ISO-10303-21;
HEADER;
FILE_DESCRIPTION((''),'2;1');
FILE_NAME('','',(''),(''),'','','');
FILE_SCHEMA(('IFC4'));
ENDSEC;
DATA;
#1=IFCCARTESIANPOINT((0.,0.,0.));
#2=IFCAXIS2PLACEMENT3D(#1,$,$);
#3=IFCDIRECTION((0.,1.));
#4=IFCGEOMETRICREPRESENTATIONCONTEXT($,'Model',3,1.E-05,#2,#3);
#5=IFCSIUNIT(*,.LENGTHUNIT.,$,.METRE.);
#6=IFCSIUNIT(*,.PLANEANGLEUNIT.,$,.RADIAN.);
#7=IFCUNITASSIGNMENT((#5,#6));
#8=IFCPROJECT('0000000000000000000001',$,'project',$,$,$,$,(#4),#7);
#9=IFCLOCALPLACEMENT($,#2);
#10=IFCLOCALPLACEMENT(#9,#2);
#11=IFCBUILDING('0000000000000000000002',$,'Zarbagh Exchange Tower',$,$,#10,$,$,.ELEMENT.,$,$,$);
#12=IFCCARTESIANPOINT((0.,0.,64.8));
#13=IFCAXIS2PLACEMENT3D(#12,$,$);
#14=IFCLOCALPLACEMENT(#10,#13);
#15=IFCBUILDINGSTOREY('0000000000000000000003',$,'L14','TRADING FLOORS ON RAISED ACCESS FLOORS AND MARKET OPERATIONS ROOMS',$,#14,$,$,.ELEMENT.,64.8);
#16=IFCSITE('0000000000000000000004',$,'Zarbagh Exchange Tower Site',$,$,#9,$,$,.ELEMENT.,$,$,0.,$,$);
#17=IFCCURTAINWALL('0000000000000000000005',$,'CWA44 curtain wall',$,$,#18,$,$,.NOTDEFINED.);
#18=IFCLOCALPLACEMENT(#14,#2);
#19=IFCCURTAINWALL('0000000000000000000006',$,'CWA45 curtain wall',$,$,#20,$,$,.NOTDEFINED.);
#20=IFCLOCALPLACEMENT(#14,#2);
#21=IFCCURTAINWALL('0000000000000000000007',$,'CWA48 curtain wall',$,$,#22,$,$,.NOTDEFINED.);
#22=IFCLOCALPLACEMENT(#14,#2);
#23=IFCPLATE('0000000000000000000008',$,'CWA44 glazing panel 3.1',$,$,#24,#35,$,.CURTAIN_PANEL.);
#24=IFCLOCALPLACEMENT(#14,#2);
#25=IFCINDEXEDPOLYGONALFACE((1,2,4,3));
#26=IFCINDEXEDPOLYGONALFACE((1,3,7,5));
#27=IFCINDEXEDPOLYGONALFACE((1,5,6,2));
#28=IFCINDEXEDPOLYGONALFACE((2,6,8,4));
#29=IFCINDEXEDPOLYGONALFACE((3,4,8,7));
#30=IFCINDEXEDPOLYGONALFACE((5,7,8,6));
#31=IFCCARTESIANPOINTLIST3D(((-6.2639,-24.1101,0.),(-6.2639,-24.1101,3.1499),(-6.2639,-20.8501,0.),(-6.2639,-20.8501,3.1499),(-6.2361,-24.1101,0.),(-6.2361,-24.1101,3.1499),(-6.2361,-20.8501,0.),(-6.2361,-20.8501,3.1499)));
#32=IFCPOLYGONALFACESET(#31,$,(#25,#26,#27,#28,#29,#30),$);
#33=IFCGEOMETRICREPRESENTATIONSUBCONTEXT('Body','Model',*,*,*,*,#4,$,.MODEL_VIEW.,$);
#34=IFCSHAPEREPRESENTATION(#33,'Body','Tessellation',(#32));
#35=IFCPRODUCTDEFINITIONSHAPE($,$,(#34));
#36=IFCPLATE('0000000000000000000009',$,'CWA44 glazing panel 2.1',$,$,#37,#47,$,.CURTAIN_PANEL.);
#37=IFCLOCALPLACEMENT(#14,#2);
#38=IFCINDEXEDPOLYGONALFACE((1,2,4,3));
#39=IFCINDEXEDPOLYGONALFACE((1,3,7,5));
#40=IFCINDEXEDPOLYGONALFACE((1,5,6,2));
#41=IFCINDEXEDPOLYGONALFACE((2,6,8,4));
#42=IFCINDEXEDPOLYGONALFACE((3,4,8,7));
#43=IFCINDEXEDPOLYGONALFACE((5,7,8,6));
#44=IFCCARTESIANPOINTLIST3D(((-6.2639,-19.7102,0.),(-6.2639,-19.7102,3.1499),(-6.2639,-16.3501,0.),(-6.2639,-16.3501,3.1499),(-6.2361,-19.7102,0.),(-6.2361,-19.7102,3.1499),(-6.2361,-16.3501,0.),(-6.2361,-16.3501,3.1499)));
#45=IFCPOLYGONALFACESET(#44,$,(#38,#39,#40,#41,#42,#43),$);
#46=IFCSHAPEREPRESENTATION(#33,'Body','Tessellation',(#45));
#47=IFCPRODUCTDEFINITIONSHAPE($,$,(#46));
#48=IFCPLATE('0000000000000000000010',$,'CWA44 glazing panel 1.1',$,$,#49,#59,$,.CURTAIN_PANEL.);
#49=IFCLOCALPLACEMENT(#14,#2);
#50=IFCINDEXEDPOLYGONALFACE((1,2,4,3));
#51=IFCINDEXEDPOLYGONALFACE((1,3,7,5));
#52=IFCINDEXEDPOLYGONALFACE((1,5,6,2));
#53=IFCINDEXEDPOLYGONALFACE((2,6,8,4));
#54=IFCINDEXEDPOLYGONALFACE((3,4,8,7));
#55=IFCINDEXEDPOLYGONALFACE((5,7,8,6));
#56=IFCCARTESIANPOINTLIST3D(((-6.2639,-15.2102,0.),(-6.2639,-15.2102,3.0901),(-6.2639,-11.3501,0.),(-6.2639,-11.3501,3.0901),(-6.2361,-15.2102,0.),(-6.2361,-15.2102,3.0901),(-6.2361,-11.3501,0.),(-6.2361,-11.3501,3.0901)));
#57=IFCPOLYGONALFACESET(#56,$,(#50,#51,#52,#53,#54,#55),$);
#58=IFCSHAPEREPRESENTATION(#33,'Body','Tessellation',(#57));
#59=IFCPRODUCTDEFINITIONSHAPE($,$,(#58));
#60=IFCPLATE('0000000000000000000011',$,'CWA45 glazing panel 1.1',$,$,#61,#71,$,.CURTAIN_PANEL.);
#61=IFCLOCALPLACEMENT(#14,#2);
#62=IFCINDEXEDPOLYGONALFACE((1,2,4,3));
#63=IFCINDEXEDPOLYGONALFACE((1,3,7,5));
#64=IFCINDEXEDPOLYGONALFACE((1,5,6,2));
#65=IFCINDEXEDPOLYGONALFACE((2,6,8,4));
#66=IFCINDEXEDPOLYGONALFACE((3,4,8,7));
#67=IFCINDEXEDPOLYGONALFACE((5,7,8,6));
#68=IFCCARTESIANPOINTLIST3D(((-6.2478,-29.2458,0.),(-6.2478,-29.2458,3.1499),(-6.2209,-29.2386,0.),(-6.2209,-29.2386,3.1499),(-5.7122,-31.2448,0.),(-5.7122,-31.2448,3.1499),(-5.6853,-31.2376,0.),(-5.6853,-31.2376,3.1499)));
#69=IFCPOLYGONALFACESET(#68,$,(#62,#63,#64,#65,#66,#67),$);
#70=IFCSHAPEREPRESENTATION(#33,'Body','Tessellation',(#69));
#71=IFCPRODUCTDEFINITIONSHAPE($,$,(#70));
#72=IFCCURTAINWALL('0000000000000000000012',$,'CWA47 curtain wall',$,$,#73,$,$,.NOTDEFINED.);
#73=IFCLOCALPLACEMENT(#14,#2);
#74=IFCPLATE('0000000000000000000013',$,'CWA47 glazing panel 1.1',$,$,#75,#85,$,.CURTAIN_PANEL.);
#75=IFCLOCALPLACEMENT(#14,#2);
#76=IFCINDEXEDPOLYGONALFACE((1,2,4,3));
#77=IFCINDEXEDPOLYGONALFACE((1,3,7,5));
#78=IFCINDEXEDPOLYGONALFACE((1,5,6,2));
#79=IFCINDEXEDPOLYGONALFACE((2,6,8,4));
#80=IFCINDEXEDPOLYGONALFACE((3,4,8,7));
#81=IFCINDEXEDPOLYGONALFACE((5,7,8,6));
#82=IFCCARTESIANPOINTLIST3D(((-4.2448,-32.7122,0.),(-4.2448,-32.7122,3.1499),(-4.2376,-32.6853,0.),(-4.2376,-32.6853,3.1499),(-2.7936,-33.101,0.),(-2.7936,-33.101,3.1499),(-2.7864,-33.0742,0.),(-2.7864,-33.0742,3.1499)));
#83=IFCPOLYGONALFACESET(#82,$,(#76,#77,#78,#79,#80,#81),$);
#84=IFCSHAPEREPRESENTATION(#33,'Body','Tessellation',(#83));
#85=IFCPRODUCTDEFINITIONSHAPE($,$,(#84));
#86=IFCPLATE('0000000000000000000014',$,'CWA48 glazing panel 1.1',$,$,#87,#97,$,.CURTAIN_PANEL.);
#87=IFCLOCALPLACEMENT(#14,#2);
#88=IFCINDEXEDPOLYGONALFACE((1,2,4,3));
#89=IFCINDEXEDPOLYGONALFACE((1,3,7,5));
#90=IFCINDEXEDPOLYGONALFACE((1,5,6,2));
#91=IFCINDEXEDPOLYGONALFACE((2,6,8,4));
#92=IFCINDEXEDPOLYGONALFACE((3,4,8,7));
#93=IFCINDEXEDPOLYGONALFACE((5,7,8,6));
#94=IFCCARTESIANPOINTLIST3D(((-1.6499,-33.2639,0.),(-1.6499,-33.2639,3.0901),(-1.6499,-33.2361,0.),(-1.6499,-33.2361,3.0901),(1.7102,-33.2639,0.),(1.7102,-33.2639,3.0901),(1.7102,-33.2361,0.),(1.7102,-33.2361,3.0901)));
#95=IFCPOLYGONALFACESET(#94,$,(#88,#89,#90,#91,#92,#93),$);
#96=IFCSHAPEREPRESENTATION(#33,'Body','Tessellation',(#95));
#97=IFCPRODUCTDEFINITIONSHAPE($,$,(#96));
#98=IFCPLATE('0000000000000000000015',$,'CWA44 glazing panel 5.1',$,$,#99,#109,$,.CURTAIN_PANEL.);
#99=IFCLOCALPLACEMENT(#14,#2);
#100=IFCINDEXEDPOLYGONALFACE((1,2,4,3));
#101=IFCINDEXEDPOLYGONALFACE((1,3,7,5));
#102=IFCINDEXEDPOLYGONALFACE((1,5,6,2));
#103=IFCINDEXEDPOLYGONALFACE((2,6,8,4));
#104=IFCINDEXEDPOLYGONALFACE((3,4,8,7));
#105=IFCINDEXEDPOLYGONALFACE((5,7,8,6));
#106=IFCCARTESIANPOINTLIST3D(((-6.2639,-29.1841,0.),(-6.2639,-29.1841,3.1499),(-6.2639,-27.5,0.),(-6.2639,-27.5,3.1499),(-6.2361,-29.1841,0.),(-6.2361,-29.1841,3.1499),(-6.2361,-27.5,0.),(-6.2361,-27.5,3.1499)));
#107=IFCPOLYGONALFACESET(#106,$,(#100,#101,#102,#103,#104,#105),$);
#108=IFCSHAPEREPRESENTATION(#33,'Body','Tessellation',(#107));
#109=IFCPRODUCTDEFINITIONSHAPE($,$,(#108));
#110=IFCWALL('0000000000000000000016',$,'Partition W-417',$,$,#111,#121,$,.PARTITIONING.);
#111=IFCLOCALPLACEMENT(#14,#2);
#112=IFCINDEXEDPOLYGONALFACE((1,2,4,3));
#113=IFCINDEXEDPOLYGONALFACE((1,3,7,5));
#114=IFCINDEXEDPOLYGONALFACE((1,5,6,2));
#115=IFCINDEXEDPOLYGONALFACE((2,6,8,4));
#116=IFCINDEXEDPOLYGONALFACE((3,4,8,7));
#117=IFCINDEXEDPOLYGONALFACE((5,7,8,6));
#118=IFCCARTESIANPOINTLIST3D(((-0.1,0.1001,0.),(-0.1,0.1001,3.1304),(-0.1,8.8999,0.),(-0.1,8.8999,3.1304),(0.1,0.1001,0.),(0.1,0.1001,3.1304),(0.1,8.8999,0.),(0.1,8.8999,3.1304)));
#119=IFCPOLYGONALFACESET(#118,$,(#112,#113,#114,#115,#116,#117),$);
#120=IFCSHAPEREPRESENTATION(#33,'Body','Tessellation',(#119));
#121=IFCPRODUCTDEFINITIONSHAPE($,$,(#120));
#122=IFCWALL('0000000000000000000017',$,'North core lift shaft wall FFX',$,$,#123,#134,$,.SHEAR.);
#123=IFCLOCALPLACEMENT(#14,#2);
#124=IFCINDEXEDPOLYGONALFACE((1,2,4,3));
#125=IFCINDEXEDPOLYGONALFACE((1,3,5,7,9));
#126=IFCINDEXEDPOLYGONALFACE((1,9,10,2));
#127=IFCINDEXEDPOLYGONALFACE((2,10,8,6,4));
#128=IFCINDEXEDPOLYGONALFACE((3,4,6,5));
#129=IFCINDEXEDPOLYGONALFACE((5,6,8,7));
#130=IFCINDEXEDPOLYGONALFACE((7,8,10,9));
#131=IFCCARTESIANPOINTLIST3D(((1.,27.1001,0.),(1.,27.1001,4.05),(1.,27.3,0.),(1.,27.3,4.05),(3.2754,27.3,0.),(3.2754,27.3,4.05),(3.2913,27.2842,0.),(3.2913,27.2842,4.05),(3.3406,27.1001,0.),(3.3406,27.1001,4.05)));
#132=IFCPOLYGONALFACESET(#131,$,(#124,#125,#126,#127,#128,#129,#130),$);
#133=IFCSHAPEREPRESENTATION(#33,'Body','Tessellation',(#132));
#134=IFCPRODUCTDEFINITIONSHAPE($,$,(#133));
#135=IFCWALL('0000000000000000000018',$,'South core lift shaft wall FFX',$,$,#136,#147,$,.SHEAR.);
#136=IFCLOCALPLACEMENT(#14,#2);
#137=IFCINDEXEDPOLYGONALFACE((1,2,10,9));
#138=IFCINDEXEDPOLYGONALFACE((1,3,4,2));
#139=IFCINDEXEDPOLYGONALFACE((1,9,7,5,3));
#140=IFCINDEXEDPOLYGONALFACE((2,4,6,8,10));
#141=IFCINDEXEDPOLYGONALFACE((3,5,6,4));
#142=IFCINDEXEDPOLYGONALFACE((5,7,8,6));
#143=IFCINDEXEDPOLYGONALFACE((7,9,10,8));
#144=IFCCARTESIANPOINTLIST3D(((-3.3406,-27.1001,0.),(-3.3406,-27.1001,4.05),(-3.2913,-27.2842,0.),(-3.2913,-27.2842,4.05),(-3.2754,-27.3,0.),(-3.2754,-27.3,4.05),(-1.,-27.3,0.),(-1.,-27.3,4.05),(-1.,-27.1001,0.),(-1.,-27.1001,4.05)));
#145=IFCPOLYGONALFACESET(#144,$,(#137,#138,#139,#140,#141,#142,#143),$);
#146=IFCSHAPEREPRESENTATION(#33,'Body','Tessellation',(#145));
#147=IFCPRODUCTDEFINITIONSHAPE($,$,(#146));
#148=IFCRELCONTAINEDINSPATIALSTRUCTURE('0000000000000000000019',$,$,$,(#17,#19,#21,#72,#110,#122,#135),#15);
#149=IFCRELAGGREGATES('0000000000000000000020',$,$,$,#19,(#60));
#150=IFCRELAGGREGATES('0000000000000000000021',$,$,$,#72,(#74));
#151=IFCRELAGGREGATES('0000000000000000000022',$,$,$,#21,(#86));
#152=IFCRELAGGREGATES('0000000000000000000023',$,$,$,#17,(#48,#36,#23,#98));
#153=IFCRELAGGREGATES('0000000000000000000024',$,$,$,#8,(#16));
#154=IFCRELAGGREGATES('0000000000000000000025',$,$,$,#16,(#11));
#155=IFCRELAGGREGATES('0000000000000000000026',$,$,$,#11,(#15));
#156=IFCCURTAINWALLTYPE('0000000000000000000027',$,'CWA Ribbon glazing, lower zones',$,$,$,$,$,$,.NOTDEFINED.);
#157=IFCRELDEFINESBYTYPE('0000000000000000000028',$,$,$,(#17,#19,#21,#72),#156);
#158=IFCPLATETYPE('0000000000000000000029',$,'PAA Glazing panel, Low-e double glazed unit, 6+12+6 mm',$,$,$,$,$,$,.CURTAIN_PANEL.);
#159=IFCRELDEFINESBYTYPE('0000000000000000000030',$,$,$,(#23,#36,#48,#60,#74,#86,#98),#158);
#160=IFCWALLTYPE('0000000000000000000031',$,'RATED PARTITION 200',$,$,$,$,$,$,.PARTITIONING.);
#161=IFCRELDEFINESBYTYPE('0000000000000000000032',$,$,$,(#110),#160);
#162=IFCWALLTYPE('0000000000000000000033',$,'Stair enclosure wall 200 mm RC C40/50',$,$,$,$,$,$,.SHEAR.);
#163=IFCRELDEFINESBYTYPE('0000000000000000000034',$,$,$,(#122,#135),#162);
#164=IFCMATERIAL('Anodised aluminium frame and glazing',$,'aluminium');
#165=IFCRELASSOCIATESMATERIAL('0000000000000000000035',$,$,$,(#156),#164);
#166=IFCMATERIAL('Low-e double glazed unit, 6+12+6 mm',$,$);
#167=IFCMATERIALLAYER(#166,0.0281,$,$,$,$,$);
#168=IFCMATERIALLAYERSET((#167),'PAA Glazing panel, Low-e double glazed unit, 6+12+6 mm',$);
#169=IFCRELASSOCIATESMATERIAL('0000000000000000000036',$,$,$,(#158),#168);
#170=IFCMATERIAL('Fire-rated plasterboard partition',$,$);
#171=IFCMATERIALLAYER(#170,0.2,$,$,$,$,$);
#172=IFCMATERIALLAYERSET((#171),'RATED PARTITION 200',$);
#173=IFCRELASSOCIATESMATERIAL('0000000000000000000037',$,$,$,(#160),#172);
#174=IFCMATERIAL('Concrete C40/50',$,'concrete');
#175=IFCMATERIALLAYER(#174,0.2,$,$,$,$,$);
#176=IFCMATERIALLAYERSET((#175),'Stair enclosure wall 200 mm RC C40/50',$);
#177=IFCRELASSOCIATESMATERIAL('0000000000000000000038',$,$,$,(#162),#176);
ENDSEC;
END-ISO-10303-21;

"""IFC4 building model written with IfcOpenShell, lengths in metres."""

from ifc_helpers import new_model, si_unit, direction, frame, frame_2d, origin, place, context, subcontext, project, spatial, polyline, rectangle, outline, extrude, source, transform, mapped, material, layer, layer_set, type_object, element, aggregate, save


model = new_model("IFC4")

# Units and contexts
model_context = context("Model", 3, precision=1e-05, world=origin(), true_north=direction((0.0, 1.0)))
body_context = subcontext(model_context, "Body", "Model", "MODEL_VIEW")
ifc_project = project(units=[si_unit("LENGTHUNIT", "METRE"), si_unit("PLANEANGLEUNIT", "RADIAN")], contexts=[model_context])

# Site, building, storey
site_placement = place(None, origin())
site = spatial("IfcSite", under=ifc_project, at=site_placement, Name="Zarbagh Exchange Tower Site", CompositionType="ELEMENT", RefElevation=0.0)
building_placement = place(site_placement, origin())
building = spatial("IfcBuilding", under=site, at=building_placement, Name="Zarbagh Exchange Tower", CompositionType="ELEMENT")
storey_placement = place(building_placement, frame((0.0, 0.0, 64.8)))
storey = spatial("IfcBuildingStorey", under=building, at=storey_placement, Name="L14", Description="TRADING FLOORS ON RAISED ACCESS FLOORS AND MARKET OPERATIONS ROOMS", CompositionType="ELEMENT", Elevation=64.8)

# Curtain wall
ifc_material_1 = material(Name="Anodised aluminium frame and glazing", Category="aluminium")
curtain_wall_type = type_object("IfcCurtainWallType", Name="CWA Ribbon glazing, lower zones", PredefinedType="NOTDEFINED", material=ifc_material_1)
curtain_wall_1_placement = place(storey_placement, origin())
curtain_wall_1 = element("IfcCurtainWall", 1, at=curtain_wall_1_placement, inside=storey, type_object=curtain_wall_type, Name="CWA44 curtain wall", PredefinedType="NOTDEFINED")
placement = place(storey_placement, origin())

# Curtain walls
curtain_wall_2_placement = place(storey_placement, origin())
curtain_wall_2 = element("IfcCurtainWall", 2, at=curtain_wall_2_placement, inside=storey, type_object=curtain_wall_type, Name="CWA45 curtain wall", PredefinedType="NOTDEFINED")
curtain_wall_3_placement = place(storey_placement, origin())
curtain_wall_3 = element("IfcCurtainWall", 3, at=curtain_wall_3_placement, inside=storey, type_object=curtain_wall_type, Name="CWA48 curtain wall", PredefinedType="NOTDEFINED")

# Shared definitions
ifc_material_2 = material(Name="Concrete C40/50", Category="concrete")

# Shared definitions
ifc_material_3 = material(Name="Low-e double glazed unit, 6+12+6 mm")
ifc_layer_1 = layer(ifc_material_3, 0.0281)
ifc_layer_set_1 = layer_set([ifc_layer_1], Name="PAA Glazing panel, Low-e double glazed unit, 6+12+6 mm")
plate_type = type_object("IfcPlateType", Name="PAA Glazing panel, Low-e double glazed unit, 6+12+6 mm", PredefinedType="CURTAIN_PANEL", material=ifc_layer_set_1)

# Plates
shared_shape_1 = source(origin(), body_context, "Body", "SweptSolid", [
    extrude(outline(polyline([(0.0, -0.0139), (3.26, -0.0139), (3.26, 0.0139), (0.0, 0.0139), (0.0, -0.0139)])), origin(), (0.0, 0.0, 1.0), 3.1499),
])
plate_1 = element("IfcPlate", 4, at=placement, type_object=plate_type, Name="CWA44 glazing panel 3.1", PredefinedType="CURTAIN_PANEL", context=body_context, shape_type="MappedRepresentation", body=[
    mapped(shared_shape_1, transform((-6.25, -20.8501, 0.0), x_axis=(0.0, -1.0, 0.0), y_axis=(1.0, 0.0, 0.0), z_axis=(0.0, 0.0, 1.0))),
])
shared_shape_2 = source(origin(), body_context, "Body", "SweptSolid", [
    extrude(outline(polyline([(0.0, -0.0139), (3.3601, -0.0139), (3.3601, 0.0139), (0.0, 0.0139), (0.0, -0.0139)])), origin(), (0.0, 0.0, 1.0), 3.1499),
])
plate_2 = element("IfcPlate", 5, at=placement, type_object=plate_type, Name="CWA44 glazing panel 2.1", PredefinedType="CURTAIN_PANEL", context=body_context, shape_type="MappedRepresentation", body=[
    mapped(shared_shape_2, transform((-6.25, -16.3501, 0.0), x_axis=(0.0, -1.0, 0.0), y_axis=(1.0, 0.0, 0.0), z_axis=(0.0, 0.0, 1.0))),
])
shared_shape_3 = source(origin(), body_context, "Body", "SweptSolid", [
    extrude(outline(polyline([(0.0, -0.0139), (3.8601, -0.0139), (3.8601, 0.0139), (0.0, 0.0139), (0.0, -0.0139)])), origin(), (0.0, 0.0, 1.0), 3.0901),
])
plate_3 = element("IfcPlate", 6, at=placement, type_object=plate_type, Name="CWA44 glazing panel 1.1", PredefinedType="CURTAIN_PANEL", context=body_context, shape_type="MappedRepresentation", body=[
    mapped(shared_shape_3, transform((-6.25, -11.3501, 0.0), x_axis=(0.0, -1.0, 0.0), y_axis=(1.0, 0.0, 0.0), z_axis=(0.0, 0.0, 1.0))),
])
shared_shape_4 = source(origin(), body_context, "Body", "SweptSolid", [
    extrude(outline(polyline([(0.0, -0.0139), (2.0696, -0.0139), (2.0696, 0.0139), (0.0, 0.0139), (0.0, -0.0139)])), origin(), (0.0, 0.0, 1.0), 3.1499),
])
plate_4 = element("IfcPlate", 7, at=placement, type_object=plate_type, Name="CWA45 glazing panel 1.1", PredefinedType="CURTAIN_PANEL", context=body_context, shape_type="MappedRepresentation", body=[
    mapped(shared_shape_4, transform((-6.2344, -29.2422, 0.0), x_axis=(0.258825, -0.965924, 0.0), y_axis=(0.965924, 0.258825, 0.0), z_axis=(0.0, 0.0, 1.0))),
])
aggregate(curtain_wall_2, [plate_4])

# Curtain wall, plate
curtain_wall_4_placement = place(storey_placement, origin())
curtain_wall_4 = element("IfcCurtainWall", 8, at=curtain_wall_4_placement, inside=storey, type_object=curtain_wall_type, Name="CWA47 curtain wall", PredefinedType="NOTDEFINED")
shared_shape_5 = source(origin(), body_context, "Body", "SweptSolid", [
    extrude(outline(polyline([(0.0, -0.0139), (1.5024, -0.0139), (1.5024, 0.0139), (0.0, 0.0139), (0.0, -0.0139)])), origin(), (0.0, 0.0, 1.0), 3.1499),
])
plate_5 = element("IfcPlate", 9, at=placement, type_object=plate_type, Name="CWA47 glazing panel 1.1", PredefinedType="CURTAIN_PANEL", context=body_context, shape_type="MappedRepresentation", body=[
    mapped(shared_shape_5, transform((-4.2412, -32.6987, 0.0), x_axis=(0.965924, -0.258825, 0.0), y_axis=(0.258825, 0.965924, 0.0), z_axis=(0.0, 0.0, 1.0))),
])
aggregate(curtain_wall_4, [plate_5])

# Plates
shared_shape_6 = source(origin(), body_context, "Body", "SweptSolid", [
    extrude(outline(polyline([(0.0, -0.0139), (3.3601, -0.0139), (3.3601, 0.0139), (0.0, 0.0139), (0.0, -0.0139)])), origin(), (0.0, 0.0, 1.0), 3.0901),
])
plate_6 = element("IfcPlate", 10, at=placement, type_object=plate_type, Name="CWA48 glazing panel 1.1", PredefinedType="CURTAIN_PANEL", context=body_context, shape_type="MappedRepresentation", body=[
    mapped(shared_shape_6, transform((-1.6499, -33.25, 0.0), x_axis=(1.0, 0.0, 0.0), y_axis=(0.0, 1.0, 0.0), z_axis=(0.0, 0.0, 1.0))),
])
aggregate(curtain_wall_3, [plate_6])
shared_shape_7 = source(origin(), body_context, "Body", "SweptSolid", [
    extrude(outline(polyline([(0.0, -0.0139), (1.6841, -0.0139), (1.6841, 0.0139), (0.0, 0.0139), (0.0, -0.0139)])), origin(), (0.0, 0.0, 1.0), 3.1499),
])
plate_7 = element("IfcPlate", 11, at=placement, type_object=plate_type, Name="CWA44 glazing panel 5.1", PredefinedType="CURTAIN_PANEL", context=body_context, shape_type="MappedRepresentation", body=[
    mapped(shared_shape_7, transform((-6.25, -27.5, 0.0), x_axis=(0.0, -1.0, 0.0), y_axis=(1.0, 0.0, 0.0), z_axis=(0.0, 0.0, 1.0))),
])
aggregate(curtain_wall_1, [plate_3, plate_2, plate_1, plate_7])

# Walls
ifc_material_4 = material(Name="Fire-rated plasterboard partition")
ifc_layer_2 = layer(ifc_material_4, 0.2)
ifc_layer_set_2 = layer_set([ifc_layer_2], Name="RATED PARTITION 200")
wall_type_1 = type_object("IfcWallType", Name="RATED PARTITION 200", PredefinedType="PARTITIONING", material=ifc_layer_set_2)
wall_1_placement = place(storey_placement, frame((0.0, 0.1001, 0.0), z_axis=(0.0, 0.0, 1.0), x_axis=(0.0, 1.0, 0.0)))
element("IfcWall", 12, at=wall_1_placement, inside=storey, type_object=wall_type_1, Name="Partition W-417", PredefinedType="PARTITIONING", context=body_context, shape_type="SweptSolid", body=[
    extrude(rectangle(XDim=8.7998, YDim=0.2, at=frame_2d((4.3999, 0.0))), origin(), (0.0, 0.0, 1.0), 3.1304),
])
ifc_layer_3 = layer(ifc_material_2, 0.2)
ifc_layer_set_3 = layer_set([ifc_layer_3], Name="Stair enclosure wall 200 mm RC C40/50")
wall_type_2 = type_object("IfcWallType", Name="Stair enclosure wall 200 mm RC C40/50", PredefinedType="SHEAR", material=ifc_layer_set_3)
wall_2_placement = place(storey_placement, origin())
element("IfcWall", 13, at=wall_2_placement, inside=storey, type_object=wall_type_2, Name="North core lift shaft wall FFX", PredefinedType="SHEAR", context=body_context, shape_type="SweptSolid", body=[
    extrude(outline(polyline([(1.0, 27.1001), (3.3406, 27.1001), (3.2913, 27.2842), (3.2754, 27.3), (1.0, 27.3), (1.0, 27.1001)])), origin(), (0.0, 0.0, 1.0), 4.05),
])
wall_3_placement = place(storey_placement, origin())
element("IfcWall", 14, at=wall_3_placement, inside=storey, type_object=wall_type_2, Name="South core lift shaft wall FFX", PredefinedType="SHEAR", context=body_context, shape_type="SweptSolid", body=[
    extrude(outline(polyline([(-1.0, -27.1001), (-3.3406, -27.1001), (-3.2913, -27.2842), (-3.2754, -27.3), (-1.0, -27.3), (-1.0, -27.1001)])), origin(), (0.0, 0.0, 1.0), 4.05),
])

save(model, "model.ifc")
